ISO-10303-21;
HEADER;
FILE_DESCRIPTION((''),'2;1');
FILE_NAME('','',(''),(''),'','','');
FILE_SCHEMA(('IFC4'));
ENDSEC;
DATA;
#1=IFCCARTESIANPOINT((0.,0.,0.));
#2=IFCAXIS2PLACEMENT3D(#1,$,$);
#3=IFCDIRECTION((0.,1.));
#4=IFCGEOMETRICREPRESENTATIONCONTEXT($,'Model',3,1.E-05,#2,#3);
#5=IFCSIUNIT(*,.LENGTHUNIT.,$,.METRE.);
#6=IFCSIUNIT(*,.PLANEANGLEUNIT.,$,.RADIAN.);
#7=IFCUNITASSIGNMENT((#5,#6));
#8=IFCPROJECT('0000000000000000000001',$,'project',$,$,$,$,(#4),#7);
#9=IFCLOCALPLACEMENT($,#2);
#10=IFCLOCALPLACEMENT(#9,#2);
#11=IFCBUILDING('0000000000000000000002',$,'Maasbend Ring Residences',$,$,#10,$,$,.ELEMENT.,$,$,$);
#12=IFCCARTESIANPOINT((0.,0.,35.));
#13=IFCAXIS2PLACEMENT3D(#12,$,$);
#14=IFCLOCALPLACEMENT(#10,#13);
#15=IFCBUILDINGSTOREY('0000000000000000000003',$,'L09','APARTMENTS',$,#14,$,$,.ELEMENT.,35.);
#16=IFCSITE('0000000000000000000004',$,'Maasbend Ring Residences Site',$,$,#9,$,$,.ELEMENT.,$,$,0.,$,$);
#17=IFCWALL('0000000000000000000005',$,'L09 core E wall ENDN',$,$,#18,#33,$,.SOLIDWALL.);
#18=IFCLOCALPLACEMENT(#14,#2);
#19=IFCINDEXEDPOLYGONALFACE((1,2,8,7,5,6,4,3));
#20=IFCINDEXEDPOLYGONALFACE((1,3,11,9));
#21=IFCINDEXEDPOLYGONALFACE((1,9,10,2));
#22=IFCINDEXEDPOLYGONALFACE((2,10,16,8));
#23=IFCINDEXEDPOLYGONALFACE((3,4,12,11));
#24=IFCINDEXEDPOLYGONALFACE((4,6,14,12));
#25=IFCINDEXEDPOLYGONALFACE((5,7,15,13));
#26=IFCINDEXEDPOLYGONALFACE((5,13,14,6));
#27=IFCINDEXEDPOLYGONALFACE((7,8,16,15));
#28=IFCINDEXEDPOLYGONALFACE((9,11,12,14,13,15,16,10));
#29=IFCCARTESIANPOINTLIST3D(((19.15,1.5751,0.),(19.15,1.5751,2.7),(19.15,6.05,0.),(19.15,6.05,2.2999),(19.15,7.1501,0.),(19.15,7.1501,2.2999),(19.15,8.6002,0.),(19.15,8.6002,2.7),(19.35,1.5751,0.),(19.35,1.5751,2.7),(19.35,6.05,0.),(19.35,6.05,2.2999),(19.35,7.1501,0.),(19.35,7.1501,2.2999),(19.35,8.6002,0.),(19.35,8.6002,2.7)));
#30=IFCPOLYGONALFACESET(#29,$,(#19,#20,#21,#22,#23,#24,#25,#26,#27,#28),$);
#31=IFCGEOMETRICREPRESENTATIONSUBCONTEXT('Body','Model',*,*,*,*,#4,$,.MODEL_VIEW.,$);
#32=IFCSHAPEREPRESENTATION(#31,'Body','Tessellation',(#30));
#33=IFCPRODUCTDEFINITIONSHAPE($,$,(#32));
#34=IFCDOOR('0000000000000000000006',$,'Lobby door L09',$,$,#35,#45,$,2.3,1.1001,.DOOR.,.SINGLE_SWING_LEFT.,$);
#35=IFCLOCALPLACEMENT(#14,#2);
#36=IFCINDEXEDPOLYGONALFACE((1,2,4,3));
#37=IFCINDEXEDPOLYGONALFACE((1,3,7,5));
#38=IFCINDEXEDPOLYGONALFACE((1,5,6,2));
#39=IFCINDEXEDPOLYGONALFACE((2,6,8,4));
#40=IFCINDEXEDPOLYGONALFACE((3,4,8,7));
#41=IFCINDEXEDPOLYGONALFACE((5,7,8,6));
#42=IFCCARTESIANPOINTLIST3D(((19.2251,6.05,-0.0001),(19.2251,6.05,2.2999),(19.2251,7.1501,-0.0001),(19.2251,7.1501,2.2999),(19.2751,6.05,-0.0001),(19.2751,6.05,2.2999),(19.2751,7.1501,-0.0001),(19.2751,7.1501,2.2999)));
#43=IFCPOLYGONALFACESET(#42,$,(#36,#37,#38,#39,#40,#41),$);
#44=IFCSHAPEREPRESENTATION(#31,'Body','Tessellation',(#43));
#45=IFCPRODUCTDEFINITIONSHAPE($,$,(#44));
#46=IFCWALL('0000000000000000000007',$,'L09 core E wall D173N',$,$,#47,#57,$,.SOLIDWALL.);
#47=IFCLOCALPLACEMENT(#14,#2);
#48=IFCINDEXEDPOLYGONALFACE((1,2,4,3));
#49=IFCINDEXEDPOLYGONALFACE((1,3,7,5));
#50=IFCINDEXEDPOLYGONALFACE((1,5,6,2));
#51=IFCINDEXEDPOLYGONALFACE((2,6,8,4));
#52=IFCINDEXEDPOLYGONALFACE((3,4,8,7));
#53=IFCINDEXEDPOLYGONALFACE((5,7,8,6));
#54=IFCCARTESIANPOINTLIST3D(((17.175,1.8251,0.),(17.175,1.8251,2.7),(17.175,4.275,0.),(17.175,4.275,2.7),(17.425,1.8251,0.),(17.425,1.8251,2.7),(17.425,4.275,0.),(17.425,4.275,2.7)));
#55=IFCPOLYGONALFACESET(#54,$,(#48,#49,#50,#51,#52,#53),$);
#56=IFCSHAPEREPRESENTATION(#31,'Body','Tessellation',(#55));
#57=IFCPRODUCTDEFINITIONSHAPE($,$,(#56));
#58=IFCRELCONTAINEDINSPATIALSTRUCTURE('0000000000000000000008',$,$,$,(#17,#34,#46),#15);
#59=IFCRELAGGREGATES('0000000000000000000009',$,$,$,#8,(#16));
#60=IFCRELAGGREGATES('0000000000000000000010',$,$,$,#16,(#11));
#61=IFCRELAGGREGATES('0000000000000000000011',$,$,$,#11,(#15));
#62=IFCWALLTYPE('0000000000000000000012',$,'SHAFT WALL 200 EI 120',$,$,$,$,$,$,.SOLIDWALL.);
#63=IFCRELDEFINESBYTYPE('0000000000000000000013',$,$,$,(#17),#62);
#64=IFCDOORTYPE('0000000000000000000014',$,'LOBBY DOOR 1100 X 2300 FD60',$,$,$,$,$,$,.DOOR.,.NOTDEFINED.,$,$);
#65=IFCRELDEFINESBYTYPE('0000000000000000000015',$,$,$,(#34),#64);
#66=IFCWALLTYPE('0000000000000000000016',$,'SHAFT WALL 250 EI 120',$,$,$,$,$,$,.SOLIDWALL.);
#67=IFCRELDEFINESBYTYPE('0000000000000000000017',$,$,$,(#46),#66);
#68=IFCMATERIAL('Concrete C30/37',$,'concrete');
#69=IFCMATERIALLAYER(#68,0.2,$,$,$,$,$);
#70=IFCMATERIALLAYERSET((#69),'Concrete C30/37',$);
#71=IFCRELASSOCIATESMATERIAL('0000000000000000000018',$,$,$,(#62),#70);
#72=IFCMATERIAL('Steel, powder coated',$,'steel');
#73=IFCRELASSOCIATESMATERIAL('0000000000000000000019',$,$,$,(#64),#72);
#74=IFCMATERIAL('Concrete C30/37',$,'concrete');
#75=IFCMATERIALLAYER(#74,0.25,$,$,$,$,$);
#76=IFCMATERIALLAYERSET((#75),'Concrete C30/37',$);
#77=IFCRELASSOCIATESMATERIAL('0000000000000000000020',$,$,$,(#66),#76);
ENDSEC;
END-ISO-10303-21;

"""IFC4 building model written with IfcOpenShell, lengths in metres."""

from ifc_helpers import new_model, si_unit, direction, frame, frame_2d, origin, place, context, subcontext, project, spatial, rectangle, extrude, material, layer, layer_set, type_object, element, fill, save


model = new_model("IFC4")

# Units and contexts
model_context = context("Model", 3, precision=1e-05, world=origin(), true_north=direction((0.0, 1.0)))
body_context = subcontext(model_context, "Body", "Model", "MODEL_VIEW")
ifc_project = project(units=[si_unit("LENGTHUNIT", "METRE"), si_unit("PLANEANGLEUNIT", "RADIAN")], contexts=[model_context])

# Site, building, storey
site_placement = place(None, origin())
site = spatial("IfcSite", under=ifc_project, at=site_placement, Name="Maasbend Ring Residences Site", CompositionType="ELEMENT", RefElevation=0.0)
building_placement = place(site_placement, origin())
building = spatial("IfcBuilding", under=site, at=building_placement, Name="Maasbend Ring Residences", CompositionType="ELEMENT")
storey_placement = place(building_placement, frame((0.0, 0.0, 35.0)))
storey = spatial("IfcBuildingStorey", under=building, at=storey_placement, Name="L09", Description="APARTMENTS", CompositionType="ELEMENT", Elevation=35.0)

# Wall, opening, door
ifc_material_1 = material(Name="Concrete C30/37", Category="concrete")
ifc_layer_1 = layer(ifc_material_1, 0.2)
ifc_layer_set_1 = layer_set([ifc_layer_1], Name="Concrete C30/37")
wall_type_1 = type_object("IfcWallType", Name="SHAFT WALL 200 EI 120", PredefinedType="SOLIDWALL", material=ifc_layer_set_1)
wall_1_placement = place(storey_placement, frame((19.25, 1.575, 0.0), z_axis=(0.0, 0.0, 1.0), x_axis=(0.0, 1.0, 0.0)))
wall_1 = element("IfcWall", 1, at=wall_1_placement, inside=storey, type_object=wall_type_1, Name="L09 core E wall ENDN", PredefinedType="SOLIDWALL", context=body_context, shape_type="SweptSolid", body=[
    extrude(rectangle(XDim=7.0251, YDim=0.2, at=frame_2d((3.5127, 0.0))), origin(), (0.0, 0.0, 1.0), 2.7),
])
opening_1_placement = place(wall_1_placement, frame((4.4751, 0.0, 0.0)))
opening_1 = element("IfcOpeningElement", 2, at=opening_1_placement, cuts=wall_1, PredefinedType="OPENING", context=body_context, shape_type="SweptSolid", body=[
    extrude(rectangle(XDim=1.1001, YDim=2.3, at=frame_2d((0.55, 1.1499))), frame((0.0, 0.1099, 0.0), z_axis=(0.0, -1.0, 0.0), x_axis=(1.0, 0.0, 0.0)), (0.0, 0.0, 1.0), 0.22),
])
ifc_material_2 = material(Name="Steel, powder coated", Category="steel")
door_type_1 = type_object("IfcDoorType", Name="LOBBY DOOR 1100 X 2300 FD60", OperationType="NOTDEFINED", PredefinedType="DOOR", material=ifc_material_2)
door_1_placement = place(opening_1_placement, origin())
door_1 = element("IfcDoor", 3, at=door_1_placement, inside=storey, type_object=door_type_1, Name="Lobby door L09", OperationType="SINGLE_SWING_LEFT", OverallHeight=2.3, OverallWidth=1.1001, PredefinedType="DOOR", context=body_context, shape_type="SweptSolid", body=[
    extrude(rectangle(XDim=1.1001, YDim=2.3, at=frame_2d((0.55, 1.1499))), frame((0.0, 0.0249, 0.0), z_axis=(0.0, -1.0, 0.0), x_axis=(1.0, 0.0, 0.0)), (0.0, 0.0, 1.0), 0.05),
])
fill(opening_1, door_1)

# Wall
ifc_material_3 = material(Name="Concrete C30/37", Category="concrete")
ifc_layer_2 = layer(ifc_material_3, 0.25)
ifc_layer_set_2 = layer_set([ifc_layer_2], Name="Concrete C30/37")
wall_type_2 = type_object("IfcWallType", Name="SHAFT WALL 250 EI 120", PredefinedType="SOLIDWALL", material=ifc_layer_set_2)
wall_2_placement = place(storey_placement, frame((17.3, 1.825, 0.0), z_axis=(0.0, 0.0, 1.0), x_axis=(0.0, 1.0, 0.0)))
element("IfcWall", 4, at=wall_2_placement, inside=storey, type_object=wall_type_2, Name="L09 core E wall D173N", PredefinedType="SOLIDWALL", context=body_context, shape_type="SweptSolid", body=[
    extrude(rectangle(XDim=2.45, YDim=0.25, at=frame_2d((1.2251, 0.0))), origin(), (0.0, 0.0, 1.0), 2.7),
])

save(model, "model.ifc")
